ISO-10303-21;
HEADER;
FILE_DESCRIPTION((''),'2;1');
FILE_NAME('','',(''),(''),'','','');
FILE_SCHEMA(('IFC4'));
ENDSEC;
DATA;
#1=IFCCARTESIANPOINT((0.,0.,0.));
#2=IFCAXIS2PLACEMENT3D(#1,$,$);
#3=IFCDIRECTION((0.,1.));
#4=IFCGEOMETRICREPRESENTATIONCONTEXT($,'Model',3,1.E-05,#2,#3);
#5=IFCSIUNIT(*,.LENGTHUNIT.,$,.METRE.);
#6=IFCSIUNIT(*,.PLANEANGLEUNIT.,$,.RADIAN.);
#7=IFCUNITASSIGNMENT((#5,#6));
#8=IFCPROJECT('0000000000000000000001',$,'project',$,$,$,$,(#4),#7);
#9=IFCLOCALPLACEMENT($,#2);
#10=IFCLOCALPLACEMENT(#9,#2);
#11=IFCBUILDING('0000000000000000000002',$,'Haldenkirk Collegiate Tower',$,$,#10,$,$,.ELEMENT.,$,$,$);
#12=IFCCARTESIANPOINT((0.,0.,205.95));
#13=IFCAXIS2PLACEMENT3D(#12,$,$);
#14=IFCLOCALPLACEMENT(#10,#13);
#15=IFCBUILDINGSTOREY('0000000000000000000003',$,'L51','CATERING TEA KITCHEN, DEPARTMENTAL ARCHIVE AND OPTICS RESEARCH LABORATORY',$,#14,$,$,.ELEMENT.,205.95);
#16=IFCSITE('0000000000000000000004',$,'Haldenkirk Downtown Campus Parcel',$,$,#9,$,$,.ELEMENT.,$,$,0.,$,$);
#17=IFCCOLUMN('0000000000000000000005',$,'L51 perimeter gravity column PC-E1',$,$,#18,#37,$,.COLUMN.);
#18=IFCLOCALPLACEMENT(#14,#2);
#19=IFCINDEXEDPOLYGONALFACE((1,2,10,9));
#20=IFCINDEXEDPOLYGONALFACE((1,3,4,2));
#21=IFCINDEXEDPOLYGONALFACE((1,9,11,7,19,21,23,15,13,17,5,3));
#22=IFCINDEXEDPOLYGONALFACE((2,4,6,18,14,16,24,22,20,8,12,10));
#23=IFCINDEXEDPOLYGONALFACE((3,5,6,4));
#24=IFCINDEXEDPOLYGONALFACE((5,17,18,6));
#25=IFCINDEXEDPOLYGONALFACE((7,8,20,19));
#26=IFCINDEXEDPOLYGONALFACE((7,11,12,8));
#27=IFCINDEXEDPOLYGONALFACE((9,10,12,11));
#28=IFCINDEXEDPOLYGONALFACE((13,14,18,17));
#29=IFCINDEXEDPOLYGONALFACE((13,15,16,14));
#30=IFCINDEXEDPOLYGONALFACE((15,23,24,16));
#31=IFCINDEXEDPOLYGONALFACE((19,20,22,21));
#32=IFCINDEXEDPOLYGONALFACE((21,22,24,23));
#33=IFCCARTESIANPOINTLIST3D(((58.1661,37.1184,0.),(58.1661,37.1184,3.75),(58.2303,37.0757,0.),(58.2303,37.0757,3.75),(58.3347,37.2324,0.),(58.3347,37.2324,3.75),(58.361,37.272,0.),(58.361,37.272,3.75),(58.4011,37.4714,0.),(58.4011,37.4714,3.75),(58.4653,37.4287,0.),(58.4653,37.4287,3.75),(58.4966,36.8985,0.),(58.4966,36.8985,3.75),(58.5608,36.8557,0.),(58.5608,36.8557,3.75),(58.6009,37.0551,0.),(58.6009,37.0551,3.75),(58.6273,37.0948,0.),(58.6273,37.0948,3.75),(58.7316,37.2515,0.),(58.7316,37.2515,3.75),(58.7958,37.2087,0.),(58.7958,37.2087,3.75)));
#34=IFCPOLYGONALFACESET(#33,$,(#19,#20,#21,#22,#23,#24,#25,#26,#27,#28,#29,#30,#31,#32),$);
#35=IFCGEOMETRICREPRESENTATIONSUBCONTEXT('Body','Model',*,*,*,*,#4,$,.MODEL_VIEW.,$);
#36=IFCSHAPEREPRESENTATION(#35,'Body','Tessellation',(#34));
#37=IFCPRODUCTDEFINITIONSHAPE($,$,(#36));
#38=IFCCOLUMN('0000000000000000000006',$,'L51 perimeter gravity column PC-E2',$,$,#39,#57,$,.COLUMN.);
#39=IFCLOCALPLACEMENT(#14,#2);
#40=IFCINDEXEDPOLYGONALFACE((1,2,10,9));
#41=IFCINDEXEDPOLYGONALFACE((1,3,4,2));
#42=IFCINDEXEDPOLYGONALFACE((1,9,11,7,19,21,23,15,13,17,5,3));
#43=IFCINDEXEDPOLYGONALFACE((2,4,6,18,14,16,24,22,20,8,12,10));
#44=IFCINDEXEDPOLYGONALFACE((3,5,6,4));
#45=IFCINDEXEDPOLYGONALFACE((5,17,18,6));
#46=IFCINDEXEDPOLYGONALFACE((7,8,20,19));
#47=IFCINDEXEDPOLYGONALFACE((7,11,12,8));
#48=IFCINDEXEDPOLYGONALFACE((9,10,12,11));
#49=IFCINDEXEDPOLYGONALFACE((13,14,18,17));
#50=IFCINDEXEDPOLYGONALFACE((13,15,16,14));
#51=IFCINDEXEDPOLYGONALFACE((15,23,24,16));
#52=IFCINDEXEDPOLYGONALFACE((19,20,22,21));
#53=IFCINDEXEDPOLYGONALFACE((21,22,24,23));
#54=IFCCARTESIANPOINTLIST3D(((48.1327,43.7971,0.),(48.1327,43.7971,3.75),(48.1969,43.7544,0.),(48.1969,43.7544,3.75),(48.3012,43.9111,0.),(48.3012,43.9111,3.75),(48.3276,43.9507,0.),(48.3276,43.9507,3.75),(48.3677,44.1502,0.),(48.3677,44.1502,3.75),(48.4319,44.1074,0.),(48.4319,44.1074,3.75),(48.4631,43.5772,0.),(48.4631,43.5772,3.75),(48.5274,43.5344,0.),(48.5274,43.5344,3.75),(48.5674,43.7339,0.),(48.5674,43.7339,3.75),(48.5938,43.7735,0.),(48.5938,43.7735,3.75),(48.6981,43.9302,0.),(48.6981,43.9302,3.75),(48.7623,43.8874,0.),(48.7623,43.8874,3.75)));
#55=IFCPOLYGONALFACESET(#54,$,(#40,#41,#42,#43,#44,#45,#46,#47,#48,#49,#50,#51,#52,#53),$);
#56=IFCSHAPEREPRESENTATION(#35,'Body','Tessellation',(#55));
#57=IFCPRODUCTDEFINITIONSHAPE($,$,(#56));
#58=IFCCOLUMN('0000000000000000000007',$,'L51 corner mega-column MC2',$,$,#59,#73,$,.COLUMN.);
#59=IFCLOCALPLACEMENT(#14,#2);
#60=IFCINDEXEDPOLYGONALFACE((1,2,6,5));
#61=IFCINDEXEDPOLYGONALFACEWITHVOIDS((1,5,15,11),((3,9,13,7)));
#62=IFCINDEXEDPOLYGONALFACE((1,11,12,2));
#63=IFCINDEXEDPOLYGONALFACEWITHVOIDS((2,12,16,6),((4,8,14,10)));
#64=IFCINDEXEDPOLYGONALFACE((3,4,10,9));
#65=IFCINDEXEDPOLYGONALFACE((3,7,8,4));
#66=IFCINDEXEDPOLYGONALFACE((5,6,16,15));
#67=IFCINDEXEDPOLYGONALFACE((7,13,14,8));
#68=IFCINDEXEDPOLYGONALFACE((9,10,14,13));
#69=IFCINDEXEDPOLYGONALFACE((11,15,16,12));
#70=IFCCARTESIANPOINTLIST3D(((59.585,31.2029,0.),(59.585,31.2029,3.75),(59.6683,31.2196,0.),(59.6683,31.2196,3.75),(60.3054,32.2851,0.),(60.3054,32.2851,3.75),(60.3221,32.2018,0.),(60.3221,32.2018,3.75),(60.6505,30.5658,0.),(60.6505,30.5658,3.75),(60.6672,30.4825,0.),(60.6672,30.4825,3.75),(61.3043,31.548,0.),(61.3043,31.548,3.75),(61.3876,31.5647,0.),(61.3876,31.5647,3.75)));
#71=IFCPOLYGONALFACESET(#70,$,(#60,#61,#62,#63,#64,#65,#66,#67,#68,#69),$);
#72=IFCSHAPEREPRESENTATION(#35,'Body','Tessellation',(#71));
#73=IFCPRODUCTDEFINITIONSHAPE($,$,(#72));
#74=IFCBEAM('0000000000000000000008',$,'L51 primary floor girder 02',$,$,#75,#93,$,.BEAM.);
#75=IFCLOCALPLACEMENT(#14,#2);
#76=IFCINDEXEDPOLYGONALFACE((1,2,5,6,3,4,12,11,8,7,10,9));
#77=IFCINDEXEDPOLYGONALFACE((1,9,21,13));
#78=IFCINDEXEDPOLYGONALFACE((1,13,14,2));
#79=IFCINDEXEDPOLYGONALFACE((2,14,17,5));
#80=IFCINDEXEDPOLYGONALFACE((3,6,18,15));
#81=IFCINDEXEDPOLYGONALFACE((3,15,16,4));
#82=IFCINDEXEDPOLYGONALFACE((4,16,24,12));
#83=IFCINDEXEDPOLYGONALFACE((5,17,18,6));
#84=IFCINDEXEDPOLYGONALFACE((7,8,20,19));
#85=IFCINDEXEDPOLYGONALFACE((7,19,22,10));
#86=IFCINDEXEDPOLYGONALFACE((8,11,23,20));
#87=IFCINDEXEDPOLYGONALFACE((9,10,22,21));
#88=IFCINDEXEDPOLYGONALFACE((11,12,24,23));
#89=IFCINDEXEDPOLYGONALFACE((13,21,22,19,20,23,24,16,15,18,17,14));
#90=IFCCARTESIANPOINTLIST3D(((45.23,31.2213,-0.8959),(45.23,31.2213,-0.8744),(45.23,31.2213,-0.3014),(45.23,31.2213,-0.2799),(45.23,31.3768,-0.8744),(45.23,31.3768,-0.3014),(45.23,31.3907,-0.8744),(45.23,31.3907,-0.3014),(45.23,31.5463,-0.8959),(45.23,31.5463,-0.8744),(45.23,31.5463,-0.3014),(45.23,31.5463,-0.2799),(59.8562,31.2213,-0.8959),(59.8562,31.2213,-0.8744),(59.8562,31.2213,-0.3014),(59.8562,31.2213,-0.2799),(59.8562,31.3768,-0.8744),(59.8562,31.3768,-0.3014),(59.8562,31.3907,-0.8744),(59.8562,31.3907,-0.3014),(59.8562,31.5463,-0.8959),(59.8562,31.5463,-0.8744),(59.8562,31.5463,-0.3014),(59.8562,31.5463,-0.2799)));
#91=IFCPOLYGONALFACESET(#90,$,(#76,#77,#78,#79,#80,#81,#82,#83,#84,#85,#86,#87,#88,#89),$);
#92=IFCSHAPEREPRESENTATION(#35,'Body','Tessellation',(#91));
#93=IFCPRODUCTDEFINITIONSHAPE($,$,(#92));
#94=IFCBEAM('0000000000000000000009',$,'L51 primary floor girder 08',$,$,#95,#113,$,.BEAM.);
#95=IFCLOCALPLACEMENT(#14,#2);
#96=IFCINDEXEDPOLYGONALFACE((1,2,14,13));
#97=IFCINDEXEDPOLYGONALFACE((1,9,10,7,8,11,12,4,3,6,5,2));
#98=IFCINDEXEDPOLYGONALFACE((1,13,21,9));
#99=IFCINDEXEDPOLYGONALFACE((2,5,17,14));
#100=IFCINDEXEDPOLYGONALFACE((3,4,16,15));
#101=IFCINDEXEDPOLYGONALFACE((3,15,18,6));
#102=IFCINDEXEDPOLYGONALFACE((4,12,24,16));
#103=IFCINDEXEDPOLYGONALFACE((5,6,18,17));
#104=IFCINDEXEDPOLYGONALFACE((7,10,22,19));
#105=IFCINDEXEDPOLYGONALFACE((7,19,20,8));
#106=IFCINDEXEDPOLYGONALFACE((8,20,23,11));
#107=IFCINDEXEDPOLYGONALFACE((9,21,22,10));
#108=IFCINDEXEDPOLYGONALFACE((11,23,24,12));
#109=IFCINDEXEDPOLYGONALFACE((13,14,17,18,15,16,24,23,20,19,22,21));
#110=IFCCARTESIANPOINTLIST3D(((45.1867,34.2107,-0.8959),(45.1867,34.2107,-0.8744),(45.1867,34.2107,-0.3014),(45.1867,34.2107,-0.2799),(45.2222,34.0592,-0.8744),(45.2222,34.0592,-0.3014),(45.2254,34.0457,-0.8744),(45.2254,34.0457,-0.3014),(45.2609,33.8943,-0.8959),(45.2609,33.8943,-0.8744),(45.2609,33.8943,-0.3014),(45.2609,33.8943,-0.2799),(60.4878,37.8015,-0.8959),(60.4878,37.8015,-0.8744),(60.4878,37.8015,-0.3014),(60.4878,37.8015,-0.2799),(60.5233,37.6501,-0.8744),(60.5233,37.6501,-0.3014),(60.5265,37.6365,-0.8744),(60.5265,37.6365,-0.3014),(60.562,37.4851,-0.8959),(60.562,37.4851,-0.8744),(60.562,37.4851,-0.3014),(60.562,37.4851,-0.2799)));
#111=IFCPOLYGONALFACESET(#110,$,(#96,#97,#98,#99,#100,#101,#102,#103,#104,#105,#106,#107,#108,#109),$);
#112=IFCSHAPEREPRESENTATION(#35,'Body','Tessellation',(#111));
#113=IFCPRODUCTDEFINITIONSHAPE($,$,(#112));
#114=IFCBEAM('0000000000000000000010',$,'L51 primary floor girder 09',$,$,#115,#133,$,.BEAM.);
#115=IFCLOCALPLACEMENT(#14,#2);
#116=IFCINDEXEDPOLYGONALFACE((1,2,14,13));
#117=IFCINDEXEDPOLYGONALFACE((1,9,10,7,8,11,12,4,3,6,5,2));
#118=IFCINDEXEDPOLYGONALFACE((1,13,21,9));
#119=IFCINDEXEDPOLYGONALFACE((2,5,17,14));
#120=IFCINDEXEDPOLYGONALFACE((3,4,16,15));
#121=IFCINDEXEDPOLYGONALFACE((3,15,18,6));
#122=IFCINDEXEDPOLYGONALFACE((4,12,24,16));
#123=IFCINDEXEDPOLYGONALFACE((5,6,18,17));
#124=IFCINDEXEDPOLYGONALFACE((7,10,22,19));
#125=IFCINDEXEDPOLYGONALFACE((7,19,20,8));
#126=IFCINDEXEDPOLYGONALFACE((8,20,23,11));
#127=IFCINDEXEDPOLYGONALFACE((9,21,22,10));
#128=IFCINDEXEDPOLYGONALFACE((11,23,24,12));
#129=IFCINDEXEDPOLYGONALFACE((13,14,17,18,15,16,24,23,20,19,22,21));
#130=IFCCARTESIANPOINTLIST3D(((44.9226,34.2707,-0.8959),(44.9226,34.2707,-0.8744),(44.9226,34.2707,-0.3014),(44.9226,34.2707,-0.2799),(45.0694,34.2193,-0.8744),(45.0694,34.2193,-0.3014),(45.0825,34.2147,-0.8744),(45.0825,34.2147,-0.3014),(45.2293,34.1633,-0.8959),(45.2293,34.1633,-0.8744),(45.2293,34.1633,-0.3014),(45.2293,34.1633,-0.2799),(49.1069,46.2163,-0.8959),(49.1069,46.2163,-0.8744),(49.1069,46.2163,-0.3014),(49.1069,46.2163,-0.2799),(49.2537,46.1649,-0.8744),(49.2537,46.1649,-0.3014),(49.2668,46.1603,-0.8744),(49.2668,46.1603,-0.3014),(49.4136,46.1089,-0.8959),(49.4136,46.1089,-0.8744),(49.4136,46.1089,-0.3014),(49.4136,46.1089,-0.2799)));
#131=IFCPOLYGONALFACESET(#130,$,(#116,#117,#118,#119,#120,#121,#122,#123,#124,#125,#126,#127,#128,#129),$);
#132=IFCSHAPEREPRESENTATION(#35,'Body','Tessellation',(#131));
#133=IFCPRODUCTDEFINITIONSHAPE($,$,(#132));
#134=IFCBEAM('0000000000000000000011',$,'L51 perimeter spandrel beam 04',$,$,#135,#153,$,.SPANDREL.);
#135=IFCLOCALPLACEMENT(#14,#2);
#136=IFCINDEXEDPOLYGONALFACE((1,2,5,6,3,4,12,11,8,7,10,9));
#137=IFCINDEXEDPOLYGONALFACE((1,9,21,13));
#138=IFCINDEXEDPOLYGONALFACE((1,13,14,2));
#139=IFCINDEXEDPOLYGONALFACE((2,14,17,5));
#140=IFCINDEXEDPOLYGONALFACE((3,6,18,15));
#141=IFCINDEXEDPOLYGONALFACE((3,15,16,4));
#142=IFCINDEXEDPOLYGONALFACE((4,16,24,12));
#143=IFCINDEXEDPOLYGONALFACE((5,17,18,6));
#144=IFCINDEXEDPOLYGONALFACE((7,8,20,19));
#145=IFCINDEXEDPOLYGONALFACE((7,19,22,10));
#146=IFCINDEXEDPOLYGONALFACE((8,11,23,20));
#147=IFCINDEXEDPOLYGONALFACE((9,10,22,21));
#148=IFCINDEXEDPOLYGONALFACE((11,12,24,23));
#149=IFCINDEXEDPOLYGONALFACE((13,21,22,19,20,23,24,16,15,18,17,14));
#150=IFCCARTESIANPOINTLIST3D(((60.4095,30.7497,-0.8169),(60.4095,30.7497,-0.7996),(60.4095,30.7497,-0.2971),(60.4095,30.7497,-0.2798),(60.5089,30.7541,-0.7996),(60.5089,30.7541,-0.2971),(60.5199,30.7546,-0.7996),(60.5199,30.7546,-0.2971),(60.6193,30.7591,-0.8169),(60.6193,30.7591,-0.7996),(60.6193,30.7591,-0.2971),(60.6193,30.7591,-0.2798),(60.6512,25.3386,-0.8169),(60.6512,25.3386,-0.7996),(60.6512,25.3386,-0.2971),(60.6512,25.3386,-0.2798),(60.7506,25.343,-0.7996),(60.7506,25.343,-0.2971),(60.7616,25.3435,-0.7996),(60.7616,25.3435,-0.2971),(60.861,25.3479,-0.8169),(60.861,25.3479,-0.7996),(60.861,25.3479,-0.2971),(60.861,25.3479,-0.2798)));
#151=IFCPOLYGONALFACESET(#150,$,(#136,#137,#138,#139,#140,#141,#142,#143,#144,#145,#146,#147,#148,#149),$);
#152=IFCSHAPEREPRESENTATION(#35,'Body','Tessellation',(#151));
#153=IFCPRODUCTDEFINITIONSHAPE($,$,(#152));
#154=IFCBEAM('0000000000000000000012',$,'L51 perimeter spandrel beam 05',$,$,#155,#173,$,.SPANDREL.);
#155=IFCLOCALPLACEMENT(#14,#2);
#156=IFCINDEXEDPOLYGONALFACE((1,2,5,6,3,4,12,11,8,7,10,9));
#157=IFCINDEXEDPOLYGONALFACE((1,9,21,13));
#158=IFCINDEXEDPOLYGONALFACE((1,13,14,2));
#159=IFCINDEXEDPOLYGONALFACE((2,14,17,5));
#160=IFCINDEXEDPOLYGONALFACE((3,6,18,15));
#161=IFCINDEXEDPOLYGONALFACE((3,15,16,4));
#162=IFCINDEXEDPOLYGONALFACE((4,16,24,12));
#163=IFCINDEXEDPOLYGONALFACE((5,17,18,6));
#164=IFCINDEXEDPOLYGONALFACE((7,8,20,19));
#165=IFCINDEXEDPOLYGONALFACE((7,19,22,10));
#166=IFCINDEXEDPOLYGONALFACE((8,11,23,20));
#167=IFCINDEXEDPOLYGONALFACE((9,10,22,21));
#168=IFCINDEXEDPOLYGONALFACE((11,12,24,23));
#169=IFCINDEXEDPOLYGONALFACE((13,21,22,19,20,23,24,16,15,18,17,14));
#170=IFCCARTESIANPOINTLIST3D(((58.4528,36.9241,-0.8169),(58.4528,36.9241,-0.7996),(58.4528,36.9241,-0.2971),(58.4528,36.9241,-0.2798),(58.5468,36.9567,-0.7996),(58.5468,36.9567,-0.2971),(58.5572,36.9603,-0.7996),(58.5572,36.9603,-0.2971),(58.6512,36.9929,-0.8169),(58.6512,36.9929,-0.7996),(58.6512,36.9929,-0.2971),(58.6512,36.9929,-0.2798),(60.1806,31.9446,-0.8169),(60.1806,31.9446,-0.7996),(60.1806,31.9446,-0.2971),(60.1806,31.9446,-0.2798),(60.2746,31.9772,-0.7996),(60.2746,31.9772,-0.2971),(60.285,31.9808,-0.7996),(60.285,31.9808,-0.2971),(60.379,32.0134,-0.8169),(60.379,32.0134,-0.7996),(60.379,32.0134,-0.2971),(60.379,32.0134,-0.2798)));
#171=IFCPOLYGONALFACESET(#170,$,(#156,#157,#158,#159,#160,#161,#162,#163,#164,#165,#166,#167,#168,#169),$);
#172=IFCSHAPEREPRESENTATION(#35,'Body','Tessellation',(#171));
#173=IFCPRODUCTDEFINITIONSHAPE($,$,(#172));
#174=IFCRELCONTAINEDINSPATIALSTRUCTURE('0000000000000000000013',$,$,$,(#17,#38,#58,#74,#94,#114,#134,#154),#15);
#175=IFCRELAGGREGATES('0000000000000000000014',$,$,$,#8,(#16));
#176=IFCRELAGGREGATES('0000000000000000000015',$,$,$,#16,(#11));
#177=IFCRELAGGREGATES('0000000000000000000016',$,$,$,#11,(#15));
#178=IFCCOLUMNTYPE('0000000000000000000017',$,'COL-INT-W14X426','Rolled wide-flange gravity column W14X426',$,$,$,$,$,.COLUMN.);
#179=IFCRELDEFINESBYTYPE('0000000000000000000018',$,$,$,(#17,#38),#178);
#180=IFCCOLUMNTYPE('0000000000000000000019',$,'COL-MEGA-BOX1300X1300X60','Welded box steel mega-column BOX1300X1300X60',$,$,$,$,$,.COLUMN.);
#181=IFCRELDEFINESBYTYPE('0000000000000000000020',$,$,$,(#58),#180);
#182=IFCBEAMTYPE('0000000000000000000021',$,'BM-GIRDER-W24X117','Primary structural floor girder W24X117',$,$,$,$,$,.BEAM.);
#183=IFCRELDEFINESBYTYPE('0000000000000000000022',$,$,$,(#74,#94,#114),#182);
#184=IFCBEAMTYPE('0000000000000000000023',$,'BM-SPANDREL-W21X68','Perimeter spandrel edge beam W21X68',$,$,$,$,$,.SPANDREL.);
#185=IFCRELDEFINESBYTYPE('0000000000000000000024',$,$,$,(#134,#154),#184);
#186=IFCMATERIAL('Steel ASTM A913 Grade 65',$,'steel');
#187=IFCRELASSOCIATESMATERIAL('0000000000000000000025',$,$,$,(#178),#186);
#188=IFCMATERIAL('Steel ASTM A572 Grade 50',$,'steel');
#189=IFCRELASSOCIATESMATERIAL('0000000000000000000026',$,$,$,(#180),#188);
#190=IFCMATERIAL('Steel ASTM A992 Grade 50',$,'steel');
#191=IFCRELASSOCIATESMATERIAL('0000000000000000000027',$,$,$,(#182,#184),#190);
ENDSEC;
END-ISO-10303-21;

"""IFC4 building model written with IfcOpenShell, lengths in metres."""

from ifc_helpers import new_model, si_unit, direction, frame, origin, origin_2d, place, context, subcontext, project, spatial, hollow_rectangle, i_section, extrude, material, material_profile, profile_set, type_object, element, save


model = new_model("IFC4")

# Units and contexts
model_context = context("Model", 3, precision=1e-05, world=origin(), true_north=direction((0.0, 1.0)))
body_context = subcontext(model_context, "Body", "Model", "MODEL_VIEW")
ifc_project = project(units=[si_unit("LENGTHUNIT", "METRE"), si_unit("PLANEANGLEUNIT", "RADIAN")], contexts=[model_context])

# Site, building, storey
site_placement = place(None, origin())
site = spatial("IfcSite", under=ifc_project, at=site_placement, Name="Haldenkirk Downtown Campus Parcel", CompositionType="ELEMENT", RefElevation=0.0)
building_placement = place(site_placement, origin())
building = spatial("IfcBuilding", under=site, at=building_placement, Name="Haldenkirk Collegiate Tower", CompositionType="ELEMENT")
storey_placement = place(building_placement, frame((0.0, 0.0, 205.95)))
storey = spatial("IfcBuildingStorey", under=building, at=storey_placement, Name="L51", Description="CATERING TEA KITCHEN, DEPARTMENTAL ARCHIVE AND OPTICS RESEARCH LABORATORY", CompositionType="ELEMENT", Elevation=205.95)

# Columns
ifc_material_1 = material(Name="Steel ASTM A913 Grade 65", Category="steel")
ifc_material_profile_1 = material_profile(ifc_material_1, i_section(OverallWidth=0.4241, OverallDepth=0.4741, WebThickness=0.0476, FlangeThickness=0.0771, at=origin_2d()), Name="W14X426")
ifc_profile_set_1 = profile_set([ifc_material_profile_1], Name="Steel ASTM A913 Grade 65")
column_type_1 = type_object("IfcColumnType", Name="COL-INT-W14X426", Description="Rolled wide-flange gravity column W14X426", PredefinedType="COLUMN", material=ifc_profile_set_1)
for number, where, z_axis, x_axis, name in (
    (1, (58.481, 37.1636, 0.0), (0.0, 0.0, 1.0), (0.554118, 0.832438, 0.0), "L51 perimeter gravity column PC-E1"),
    (2, (48.4475, 43.8423, 0.0), (0.0, 0.0, 1.0), (0.554118, 0.832438, 0.0), "L51 perimeter gravity column PC-E2"),
):
    element("IfcColumn", number, at=place(storey_placement, frame(where, z_axis=z_axis, x_axis=x_axis)), inside=storey, type_object=column_type_1, Name=name, PredefinedType="COLUMN", context=body_context, shape_type="SweptSolid", body=[
        extrude(i_section(OverallWidth=0.4241, OverallDepth=0.4741, WebThickness=0.0476, FlangeThickness=0.0771, at=origin_2d()), origin(), (0.0, 0.0, 1.0), 3.75),
    ])
ifc_material_2 = material(Name="Steel ASTM A572 Grade 50", Category="steel")
ifc_material_profile_2 = material_profile(ifc_material_2, hollow_rectangle(XDim=1.3, YDim=1.3, WallThickness=0.0601, at=origin_2d()), Name="BOX1300X1300X60")
ifc_profile_set_2 = profile_set([ifc_material_profile_2], Name="Steel ASTM A572 Grade 50")
column_type_2 = type_object("IfcColumnType", Name="COL-MEGA-BOX1300X1300X60", Description="Welded box steel mega-column BOX1300X1300X60", PredefinedType="COLUMN", material=ifc_profile_set_2)
column_placement = place(storey_placement, frame((60.4863, 31.3838, 0.0), z_axis=(0.0, 0.0, 1.0), x_axis=(0.554118, 0.832438, 0.0)))
element("IfcColumn", 3, at=column_placement, inside=storey, type_object=column_type_2, Name="L51 corner mega-column MC2", PredefinedType="COLUMN", context=body_context, shape_type="SweptSolid", body=[
    extrude(hollow_rectangle(XDim=1.3, YDim=1.3, WallThickness=0.0601, at=origin_2d()), origin(), (0.0, 0.0, 1.0), 3.75),
])

# Beams
ifc_material_3 = material(Name="Steel ASTM A992 Grade 50", Category="steel")
ifc_material_profile_3 = material_profile(ifc_material_3, i_section(OverallWidth=0.325, OverallDepth=0.616, WebThickness=0.0139, FlangeThickness=0.0215, at=origin_2d()), Name="W24X117")
ifc_profile_set_3 = profile_set([ifc_material_profile_3], Name="Steel ASTM A992 Grade 50")
beam_type_1 = type_object("IfcBeamType", Name="BM-GIRDER-W24X117", Description="Primary structural floor girder W24X117", PredefinedType="BEAM", material=ifc_profile_set_3)
beam_1_placement = place(storey_placement, frame((59.8562, 31.3838, -0.5879), z_axis=(-1.0, 0.0, 0.0), x_axis=(0.0, -1.0, 0.0)))
element("IfcBeam", 4, at=beam_1_placement, inside=storey, type_object=beam_type_1, Name="L51 primary floor girder 02", PredefinedType="BEAM", context=body_context, shape_type="SweptSolid", body=[
    extrude(i_section(OverallWidth=0.325, OverallDepth=0.616, WebThickness=0.0139, FlangeThickness=0.0215, at=origin_2d()), origin(), (0.0, 0.0, 1.0), 14.6262),
])
beam_2_placement = place(storey_placement, frame((60.5249, 37.6433, -0.5879), z_axis=(-0.973551, -0.228471, 0.0), x_axis=(0.228471, -0.973551, 0.0)))
element("IfcBeam", 5, at=beam_2_placement, inside=storey, type_object=beam_type_1, Name="L51 primary floor girder 08", PredefinedType="BEAM", context=body_context, shape_type="SweptSolid", body=[
    extrude(i_section(OverallWidth=0.325, OverallDepth=0.616, WebThickness=0.0139, FlangeThickness=0.0215, at=origin_2d()), origin(), (0.0, 0.0, 1.0), 15.7168),
])
beam_3_placement = place(storey_placement, frame((49.2603, 46.1626, -0.5879), z_axis=(-0.330588, -0.943775, 0.0), x_axis=(0.943775, -0.330588, 0.0)))
element("IfcBeam", 6, at=beam_3_placement, inside=storey, type_object=beam_type_1, Name="L51 primary floor girder 09", PredefinedType="BEAM", context=body_context, shape_type="SweptSolid", body=[
    extrude(i_section(OverallWidth=0.325, OverallDepth=0.616, WebThickness=0.0139, FlangeThickness=0.0215, at=origin_2d()), origin(), (0.0, 0.0, 1.0), 12.6572),
])
ifc_material_profile_4 = material_profile(ifc_material_3, i_section(OverallWidth=0.21, OverallDepth=0.5371, WebThickness=0.011, FlangeThickness=0.0173, at=origin_2d()), Name="W21X68")
ifc_profile_set_4 = profile_set([ifc_material_profile_4], Name="Steel ASTM A992 Grade 50")
beam_type_2 = type_object("IfcBeamType", Name="BM-SPANDREL-W21X68", Description="Perimeter spandrel edge beam W21X68", PredefinedType="SPANDREL", material=ifc_profile_set_4)
beam_4_placement = place(storey_placement, frame((60.7561, 25.3433, -0.5483), z_axis=(-0.044623, 0.999004, 0.0), x_axis=(-0.999004, -0.044623, 0.0)))
element("IfcBeam", 7, at=beam_4_placement, inside=storey, type_object=beam_type_2, Name="L51 perimeter spandrel beam 04", PredefinedType="SPANDREL", context=body_context, shape_type="SweptSolid", body=[
    extrude(i_section(OverallWidth=0.21, OverallDepth=0.5371, WebThickness=0.011, FlangeThickness=0.0173, at=origin_2d()), origin(), (0.0, 0.0, 1.0), 5.4165),
])
beam_5_placement = place(storey_placement, frame((60.2798, 31.979, -0.5483), z_axis=(-0.327807, 0.944745, 0.0), x_axis=(-0.944745, -0.327807, 0.0)))
element("IfcBeam", 8, at=beam_5_placement, inside=storey, type_object=beam_type_2, Name="L51 perimeter spandrel beam 05", PredefinedType="SPANDREL", context=body_context, shape_type="SweptSolid", body=[
    extrude(i_section(OverallWidth=0.21, OverallDepth=0.5371, WebThickness=0.011, FlangeThickness=0.0173, at=origin_2d()), origin(), (0.0, 0.0, 1.0), 5.2708),
])

save(model, "model.ifc")
